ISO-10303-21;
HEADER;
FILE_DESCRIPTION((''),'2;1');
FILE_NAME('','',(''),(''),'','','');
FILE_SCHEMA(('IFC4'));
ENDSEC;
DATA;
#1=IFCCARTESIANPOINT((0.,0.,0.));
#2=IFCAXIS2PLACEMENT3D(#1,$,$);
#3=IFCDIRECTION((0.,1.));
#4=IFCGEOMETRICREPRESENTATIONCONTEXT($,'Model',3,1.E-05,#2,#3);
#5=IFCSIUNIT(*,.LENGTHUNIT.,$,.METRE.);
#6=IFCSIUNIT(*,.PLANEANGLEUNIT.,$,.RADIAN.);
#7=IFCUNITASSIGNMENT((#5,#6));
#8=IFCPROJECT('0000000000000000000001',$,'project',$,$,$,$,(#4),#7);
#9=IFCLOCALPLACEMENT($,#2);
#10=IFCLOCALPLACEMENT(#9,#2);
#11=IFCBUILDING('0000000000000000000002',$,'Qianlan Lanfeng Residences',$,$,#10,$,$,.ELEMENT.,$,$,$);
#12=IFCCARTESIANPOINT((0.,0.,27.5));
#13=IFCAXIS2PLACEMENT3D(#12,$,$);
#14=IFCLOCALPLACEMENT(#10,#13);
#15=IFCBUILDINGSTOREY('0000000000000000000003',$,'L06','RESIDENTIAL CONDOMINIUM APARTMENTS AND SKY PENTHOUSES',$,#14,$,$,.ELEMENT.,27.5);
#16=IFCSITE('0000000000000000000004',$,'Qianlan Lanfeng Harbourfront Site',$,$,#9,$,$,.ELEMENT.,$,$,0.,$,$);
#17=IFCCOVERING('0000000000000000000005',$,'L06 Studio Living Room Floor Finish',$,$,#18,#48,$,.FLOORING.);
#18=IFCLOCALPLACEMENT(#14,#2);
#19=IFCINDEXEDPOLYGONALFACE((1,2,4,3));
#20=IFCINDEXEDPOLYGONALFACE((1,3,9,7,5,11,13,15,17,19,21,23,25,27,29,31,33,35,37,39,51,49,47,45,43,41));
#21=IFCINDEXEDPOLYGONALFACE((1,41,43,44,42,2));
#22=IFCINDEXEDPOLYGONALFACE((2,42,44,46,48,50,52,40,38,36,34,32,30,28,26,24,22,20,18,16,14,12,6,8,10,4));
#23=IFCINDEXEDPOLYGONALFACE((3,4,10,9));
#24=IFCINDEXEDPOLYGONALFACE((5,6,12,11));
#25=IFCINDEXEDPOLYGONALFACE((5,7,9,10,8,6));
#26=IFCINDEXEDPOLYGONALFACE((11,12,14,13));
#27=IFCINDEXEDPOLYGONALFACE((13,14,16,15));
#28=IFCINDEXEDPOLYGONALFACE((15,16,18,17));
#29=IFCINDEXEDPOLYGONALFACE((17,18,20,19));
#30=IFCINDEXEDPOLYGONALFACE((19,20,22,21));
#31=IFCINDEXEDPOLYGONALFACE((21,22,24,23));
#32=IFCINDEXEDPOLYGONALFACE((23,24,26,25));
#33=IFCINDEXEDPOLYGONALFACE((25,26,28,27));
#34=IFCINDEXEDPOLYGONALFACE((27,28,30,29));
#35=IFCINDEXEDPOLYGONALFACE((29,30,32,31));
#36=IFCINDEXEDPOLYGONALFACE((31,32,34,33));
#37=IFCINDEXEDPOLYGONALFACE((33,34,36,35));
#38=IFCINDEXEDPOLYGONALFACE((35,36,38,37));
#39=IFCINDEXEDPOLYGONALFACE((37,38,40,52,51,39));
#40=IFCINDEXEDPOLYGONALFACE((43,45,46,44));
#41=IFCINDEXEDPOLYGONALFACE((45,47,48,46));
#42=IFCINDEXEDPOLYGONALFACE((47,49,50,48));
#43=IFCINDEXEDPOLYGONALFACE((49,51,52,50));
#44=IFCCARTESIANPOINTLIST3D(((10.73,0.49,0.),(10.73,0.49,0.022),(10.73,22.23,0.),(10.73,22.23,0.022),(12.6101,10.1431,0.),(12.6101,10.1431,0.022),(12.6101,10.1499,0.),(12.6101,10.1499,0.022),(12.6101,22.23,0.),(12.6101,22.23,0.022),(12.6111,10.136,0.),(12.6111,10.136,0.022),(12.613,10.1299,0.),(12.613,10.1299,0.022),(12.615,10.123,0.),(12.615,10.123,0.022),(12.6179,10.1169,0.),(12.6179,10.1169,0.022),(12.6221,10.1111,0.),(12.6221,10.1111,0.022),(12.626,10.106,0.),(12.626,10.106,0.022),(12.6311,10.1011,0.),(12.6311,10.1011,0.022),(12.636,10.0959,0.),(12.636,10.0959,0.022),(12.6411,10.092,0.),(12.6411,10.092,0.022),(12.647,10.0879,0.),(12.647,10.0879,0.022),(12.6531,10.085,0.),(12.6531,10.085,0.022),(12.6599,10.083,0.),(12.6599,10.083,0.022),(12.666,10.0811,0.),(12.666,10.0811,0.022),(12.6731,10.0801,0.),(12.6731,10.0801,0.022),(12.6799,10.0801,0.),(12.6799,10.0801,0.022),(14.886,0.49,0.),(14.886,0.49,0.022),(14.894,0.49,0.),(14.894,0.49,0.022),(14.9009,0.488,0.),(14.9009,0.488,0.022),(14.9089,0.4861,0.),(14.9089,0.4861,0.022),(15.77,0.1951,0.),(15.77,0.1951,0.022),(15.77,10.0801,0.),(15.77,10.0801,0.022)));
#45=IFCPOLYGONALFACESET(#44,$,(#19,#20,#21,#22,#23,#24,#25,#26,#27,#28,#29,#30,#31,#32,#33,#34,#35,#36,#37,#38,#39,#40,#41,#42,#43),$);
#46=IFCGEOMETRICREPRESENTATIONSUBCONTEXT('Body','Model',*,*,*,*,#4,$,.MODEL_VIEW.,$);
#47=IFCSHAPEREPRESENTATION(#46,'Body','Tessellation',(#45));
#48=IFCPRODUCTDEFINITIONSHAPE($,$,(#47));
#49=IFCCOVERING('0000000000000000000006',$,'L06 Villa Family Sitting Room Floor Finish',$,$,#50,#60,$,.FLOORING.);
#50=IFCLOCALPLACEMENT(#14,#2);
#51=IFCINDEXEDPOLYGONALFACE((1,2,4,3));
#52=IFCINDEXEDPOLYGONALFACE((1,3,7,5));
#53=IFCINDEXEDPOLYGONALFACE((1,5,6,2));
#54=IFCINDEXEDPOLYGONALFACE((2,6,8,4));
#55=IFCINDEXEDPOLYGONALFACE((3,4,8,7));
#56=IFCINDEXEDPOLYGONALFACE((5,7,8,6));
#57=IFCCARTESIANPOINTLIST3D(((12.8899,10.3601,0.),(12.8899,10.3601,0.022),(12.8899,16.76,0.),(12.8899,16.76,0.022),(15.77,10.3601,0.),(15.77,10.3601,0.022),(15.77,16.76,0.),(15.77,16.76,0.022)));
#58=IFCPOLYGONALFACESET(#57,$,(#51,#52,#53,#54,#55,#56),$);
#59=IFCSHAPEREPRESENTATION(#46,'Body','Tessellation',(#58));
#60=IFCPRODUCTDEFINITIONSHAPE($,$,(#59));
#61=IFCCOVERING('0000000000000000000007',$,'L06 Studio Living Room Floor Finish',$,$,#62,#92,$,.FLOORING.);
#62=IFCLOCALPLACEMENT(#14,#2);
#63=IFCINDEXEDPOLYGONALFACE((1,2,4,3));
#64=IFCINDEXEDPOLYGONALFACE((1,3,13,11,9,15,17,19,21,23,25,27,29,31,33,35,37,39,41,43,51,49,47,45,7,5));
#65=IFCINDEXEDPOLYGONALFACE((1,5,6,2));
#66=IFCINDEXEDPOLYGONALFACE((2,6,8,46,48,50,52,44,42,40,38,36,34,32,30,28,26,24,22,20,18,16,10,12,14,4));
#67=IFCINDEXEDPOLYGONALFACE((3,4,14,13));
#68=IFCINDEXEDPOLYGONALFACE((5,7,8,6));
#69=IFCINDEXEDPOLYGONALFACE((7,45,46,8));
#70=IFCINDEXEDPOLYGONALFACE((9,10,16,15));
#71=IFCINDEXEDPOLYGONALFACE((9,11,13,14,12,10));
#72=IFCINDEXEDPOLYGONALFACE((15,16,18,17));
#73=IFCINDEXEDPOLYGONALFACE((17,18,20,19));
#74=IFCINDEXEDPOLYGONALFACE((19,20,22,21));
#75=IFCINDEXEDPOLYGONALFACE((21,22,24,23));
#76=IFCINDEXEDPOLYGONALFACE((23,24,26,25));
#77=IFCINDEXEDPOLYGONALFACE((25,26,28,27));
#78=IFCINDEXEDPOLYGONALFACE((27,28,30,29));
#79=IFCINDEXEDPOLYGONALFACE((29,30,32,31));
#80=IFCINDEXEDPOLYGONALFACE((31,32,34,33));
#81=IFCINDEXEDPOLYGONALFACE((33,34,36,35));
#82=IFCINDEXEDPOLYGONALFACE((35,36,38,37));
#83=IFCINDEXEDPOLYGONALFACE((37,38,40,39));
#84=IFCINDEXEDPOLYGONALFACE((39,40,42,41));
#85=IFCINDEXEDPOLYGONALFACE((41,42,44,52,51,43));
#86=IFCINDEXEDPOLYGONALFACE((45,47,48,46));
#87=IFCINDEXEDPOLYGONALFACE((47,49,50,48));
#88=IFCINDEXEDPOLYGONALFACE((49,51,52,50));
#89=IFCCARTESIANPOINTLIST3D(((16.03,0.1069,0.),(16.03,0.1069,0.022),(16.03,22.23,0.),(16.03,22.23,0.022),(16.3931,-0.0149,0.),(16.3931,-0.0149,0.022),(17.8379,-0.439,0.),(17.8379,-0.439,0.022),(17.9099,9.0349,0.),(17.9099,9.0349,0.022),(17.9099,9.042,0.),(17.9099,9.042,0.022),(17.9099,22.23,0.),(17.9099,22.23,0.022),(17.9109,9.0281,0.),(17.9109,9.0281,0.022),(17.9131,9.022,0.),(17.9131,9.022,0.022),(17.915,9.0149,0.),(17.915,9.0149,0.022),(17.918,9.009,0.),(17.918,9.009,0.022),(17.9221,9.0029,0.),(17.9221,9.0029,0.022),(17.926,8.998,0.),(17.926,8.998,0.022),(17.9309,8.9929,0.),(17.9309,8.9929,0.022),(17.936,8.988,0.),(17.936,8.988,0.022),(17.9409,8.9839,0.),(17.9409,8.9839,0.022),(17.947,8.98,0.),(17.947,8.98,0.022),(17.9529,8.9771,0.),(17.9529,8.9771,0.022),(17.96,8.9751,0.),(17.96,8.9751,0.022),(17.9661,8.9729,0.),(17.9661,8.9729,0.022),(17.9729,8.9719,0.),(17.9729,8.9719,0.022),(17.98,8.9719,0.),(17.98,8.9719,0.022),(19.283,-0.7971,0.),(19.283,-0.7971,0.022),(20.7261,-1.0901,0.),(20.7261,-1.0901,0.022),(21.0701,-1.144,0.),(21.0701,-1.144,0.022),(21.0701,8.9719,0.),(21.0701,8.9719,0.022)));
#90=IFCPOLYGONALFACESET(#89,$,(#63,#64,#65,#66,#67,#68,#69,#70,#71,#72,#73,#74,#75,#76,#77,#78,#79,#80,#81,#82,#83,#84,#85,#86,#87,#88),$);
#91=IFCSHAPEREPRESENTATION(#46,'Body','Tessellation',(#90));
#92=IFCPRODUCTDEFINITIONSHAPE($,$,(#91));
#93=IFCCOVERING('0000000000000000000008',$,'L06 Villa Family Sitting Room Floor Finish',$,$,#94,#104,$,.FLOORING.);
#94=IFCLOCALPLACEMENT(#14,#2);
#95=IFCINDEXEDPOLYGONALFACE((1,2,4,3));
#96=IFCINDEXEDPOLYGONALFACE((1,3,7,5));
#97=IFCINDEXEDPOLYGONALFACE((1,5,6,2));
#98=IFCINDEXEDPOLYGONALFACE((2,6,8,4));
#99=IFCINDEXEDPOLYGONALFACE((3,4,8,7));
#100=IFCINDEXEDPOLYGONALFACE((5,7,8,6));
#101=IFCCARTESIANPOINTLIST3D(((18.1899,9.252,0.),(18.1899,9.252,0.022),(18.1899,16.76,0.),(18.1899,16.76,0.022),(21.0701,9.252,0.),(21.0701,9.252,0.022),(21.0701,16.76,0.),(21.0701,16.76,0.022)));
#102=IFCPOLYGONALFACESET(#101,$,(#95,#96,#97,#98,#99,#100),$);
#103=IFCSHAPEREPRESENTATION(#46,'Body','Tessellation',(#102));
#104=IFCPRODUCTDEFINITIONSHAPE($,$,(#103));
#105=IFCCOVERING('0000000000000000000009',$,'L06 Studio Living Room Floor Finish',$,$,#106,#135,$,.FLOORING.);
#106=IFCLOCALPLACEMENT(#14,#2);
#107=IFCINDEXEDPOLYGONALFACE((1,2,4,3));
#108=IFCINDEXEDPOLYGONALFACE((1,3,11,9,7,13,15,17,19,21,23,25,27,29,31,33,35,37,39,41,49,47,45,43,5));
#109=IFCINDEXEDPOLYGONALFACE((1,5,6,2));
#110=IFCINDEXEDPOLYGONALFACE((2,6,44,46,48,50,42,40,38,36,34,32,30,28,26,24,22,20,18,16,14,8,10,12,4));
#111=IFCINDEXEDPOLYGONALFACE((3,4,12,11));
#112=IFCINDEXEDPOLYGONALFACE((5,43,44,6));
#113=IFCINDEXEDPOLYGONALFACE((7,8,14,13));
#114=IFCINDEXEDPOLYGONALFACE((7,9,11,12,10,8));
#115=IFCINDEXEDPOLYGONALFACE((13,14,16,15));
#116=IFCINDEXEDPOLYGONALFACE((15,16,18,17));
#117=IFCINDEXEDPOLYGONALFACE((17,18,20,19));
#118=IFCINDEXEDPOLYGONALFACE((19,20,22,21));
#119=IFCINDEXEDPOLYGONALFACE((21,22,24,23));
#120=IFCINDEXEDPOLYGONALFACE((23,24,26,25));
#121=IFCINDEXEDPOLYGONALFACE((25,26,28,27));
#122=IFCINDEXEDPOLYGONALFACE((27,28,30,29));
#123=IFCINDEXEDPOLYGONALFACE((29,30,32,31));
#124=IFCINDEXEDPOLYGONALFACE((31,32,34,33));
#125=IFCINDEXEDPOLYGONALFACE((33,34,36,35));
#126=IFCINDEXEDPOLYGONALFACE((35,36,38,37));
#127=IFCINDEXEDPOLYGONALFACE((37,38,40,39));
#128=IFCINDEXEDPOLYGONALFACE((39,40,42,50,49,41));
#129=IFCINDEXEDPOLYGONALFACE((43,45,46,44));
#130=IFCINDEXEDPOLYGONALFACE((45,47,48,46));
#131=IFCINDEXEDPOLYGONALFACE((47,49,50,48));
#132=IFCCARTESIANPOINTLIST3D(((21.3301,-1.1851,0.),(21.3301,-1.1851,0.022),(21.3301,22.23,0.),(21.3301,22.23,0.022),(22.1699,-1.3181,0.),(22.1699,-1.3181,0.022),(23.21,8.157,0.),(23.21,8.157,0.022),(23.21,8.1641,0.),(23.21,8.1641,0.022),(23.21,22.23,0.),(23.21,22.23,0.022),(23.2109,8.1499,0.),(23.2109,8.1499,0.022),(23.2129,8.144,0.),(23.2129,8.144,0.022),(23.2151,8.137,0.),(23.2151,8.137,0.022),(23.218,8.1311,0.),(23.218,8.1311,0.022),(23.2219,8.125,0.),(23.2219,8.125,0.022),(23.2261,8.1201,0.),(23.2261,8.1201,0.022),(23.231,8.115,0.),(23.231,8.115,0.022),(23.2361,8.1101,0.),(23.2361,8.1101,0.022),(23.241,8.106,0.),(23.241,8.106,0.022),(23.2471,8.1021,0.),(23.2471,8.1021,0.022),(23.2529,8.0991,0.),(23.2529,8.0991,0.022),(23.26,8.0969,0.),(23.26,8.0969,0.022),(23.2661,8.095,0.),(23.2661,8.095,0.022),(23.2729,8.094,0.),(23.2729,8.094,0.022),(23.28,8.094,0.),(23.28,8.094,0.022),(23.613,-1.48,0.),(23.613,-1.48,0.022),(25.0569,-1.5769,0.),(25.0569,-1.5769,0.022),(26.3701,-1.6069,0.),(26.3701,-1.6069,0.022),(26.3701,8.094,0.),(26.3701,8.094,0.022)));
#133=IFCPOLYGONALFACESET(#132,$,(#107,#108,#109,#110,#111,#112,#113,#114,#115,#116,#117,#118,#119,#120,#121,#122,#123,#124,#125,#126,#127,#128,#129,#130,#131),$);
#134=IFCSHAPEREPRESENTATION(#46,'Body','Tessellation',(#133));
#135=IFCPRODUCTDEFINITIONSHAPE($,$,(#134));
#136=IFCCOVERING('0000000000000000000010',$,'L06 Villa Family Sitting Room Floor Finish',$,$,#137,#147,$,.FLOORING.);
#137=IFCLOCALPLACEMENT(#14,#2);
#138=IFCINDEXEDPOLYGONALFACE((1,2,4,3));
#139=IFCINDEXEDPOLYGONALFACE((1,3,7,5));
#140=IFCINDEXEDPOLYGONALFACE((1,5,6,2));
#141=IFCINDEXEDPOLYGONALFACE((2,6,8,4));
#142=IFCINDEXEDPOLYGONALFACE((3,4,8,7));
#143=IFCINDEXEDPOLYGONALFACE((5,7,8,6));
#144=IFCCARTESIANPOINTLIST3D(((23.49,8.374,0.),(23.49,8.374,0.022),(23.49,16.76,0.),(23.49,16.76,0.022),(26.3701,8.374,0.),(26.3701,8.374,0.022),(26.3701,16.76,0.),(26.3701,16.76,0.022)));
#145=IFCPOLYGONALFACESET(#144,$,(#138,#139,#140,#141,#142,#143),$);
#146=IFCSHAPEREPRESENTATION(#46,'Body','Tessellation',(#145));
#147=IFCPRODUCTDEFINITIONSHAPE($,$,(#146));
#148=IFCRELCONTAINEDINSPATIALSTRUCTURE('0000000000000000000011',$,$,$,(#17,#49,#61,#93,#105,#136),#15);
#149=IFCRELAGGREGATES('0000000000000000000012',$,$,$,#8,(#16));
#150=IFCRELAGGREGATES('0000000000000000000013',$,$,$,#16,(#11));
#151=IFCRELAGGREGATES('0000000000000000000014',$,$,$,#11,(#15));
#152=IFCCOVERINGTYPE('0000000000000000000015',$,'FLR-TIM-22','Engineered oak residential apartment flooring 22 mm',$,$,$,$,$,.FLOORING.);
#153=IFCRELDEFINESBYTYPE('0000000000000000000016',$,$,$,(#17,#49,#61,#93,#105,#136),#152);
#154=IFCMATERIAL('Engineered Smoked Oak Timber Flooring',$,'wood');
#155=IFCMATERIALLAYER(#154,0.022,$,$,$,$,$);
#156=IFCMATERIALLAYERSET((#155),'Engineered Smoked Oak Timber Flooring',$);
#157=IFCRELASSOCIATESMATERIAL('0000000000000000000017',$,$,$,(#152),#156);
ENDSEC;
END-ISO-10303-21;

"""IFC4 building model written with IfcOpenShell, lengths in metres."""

from ifc_helpers import new_model, si_unit, direction, frame, origin, place, context, subcontext, project, spatial, polyline, outline, extrude, material, layer, layer_set, type_object, element, save


model = new_model("IFC4")

# Units and contexts
model_context = context("Model", 3, precision=1e-05, world=origin(), true_north=direction((0.0, 1.0)))
body_context = subcontext(model_context, "Body", "Model", "MODEL_VIEW")
ifc_project = project(units=[si_unit("LENGTHUNIT", "METRE"), si_unit("PLANEANGLEUNIT", "RADIAN")], contexts=[model_context])

# Site, building, storey
site_placement = place(None, origin())
site = spatial("IfcSite", under=ifc_project, at=site_placement, Name="Qianlan Lanfeng Harbourfront Site", CompositionType="ELEMENT", RefElevation=0.0)
building_placement = place(site_placement, origin())
building = spatial("IfcBuilding", under=site, at=building_placement, Name="Qianlan Lanfeng Residences", CompositionType="ELEMENT")
storey_placement = place(building_placement, frame((0.0, 0.0, 27.5)))
storey = spatial("IfcBuildingStorey", under=building, at=storey_placement, Name="L06", Description="RESIDENTIAL CONDOMINIUM APARTMENTS AND SKY PENTHOUSES", CompositionType="ELEMENT", Elevation=27.5)

# Coverings
ifc_material_1 = material(Name="Engineered Smoked Oak Timber Flooring", Category="wood")
ifc_layer_1 = layer(ifc_material_1, 0.022)
ifc_layer_set_1 = layer_set([ifc_layer_1], Name="Engineered Smoked Oak Timber Flooring")
covering_type_1 = type_object("IfcCoveringType", Name="FLR-TIM-22", Description="Engineered oak residential apartment flooring 22 mm", PredefinedType="FLOORING", material=ifc_layer_set_1)
covering_1_placement = place(storey_placement, origin())
element("IfcCovering", 1, at=covering_1_placement, inside=storey, type_object=covering_type_1, Name="L06 Studio Living Room Floor Finish", PredefinedType="FLOORING", context=body_context, shape_type="SweptSolid", body=[
    extrude(outline(polyline([(15.77, 0.1951), (15.77, 10.0801), (12.6799, 10.0801), (12.6731, 10.0801), (12.666, 10.0811), (12.6599, 10.083), (12.6531, 10.085), (12.647, 10.0879), (12.6411, 10.092), (12.636, 10.0959), (12.6311, 10.1011), (12.626, 10.106), (12.6221, 10.1111), (12.6179, 10.1169), (12.615, 10.123), (12.613, 10.1299), (12.6111, 10.136), (12.6101, 10.1431), (12.6101, 10.1499), (12.6101, 22.23), (10.73, 22.23), (10.73, 0.49), (14.886, 0.49), (14.894, 0.49), (14.9009, 0.488), (14.9089, 0.4861), (15.77, 0.1951)])), origin(), (0.0, 0.0, 1.0), 0.022),
])
covering_2_placement = place(storey_placement, origin())
element("IfcCovering", 2, at=covering_2_placement, inside=storey, type_object=covering_type_1, Name="L06 Villa Family Sitting Room Floor Finish", PredefinedType="FLOORING", context=body_context, shape_type="SweptSolid", body=[
    extrude(outline(polyline([(12.8899, 16.76), (12.8899, 10.3601), (15.77, 10.3601), (15.77, 16.76), (12.8899, 16.76)])), origin(), (0.0, 0.0, 1.0), 0.022),
])
covering_3_placement = place(storey_placement, origin())
element("IfcCovering", 3, at=covering_3_placement, inside=storey, type_object=covering_type_1, Name="L06 Studio Living Room Floor Finish", PredefinedType="FLOORING", context=body_context, shape_type="SweptSolid", body=[
    extrude(outline(polyline([(21.0701, -1.144), (21.0701, 8.9719), (17.98, 8.9719), (17.9729, 8.9719), (17.9661, 8.9729), (17.96, 8.9751), (17.9529, 8.9771), (17.947, 8.98), (17.9409, 8.9839), (17.936, 8.988), (17.9309, 8.9929), (17.926, 8.998), (17.9221, 9.0029), (17.918, 9.009), (17.915, 9.0149), (17.9131, 9.022), (17.9109, 9.0281), (17.9099, 9.0349), (17.9099, 9.042), (17.9099, 22.23), (16.03, 22.23), (16.03, 0.1069), (16.3931, -0.0149), (17.8379, -0.439), (19.283, -0.7971), (20.7261, -1.0901), (21.0701, -1.144)])), origin(), (0.0, 0.0, 1.0), 0.022),
])
covering_4_placement = place(storey_placement, origin())
element("IfcCovering", 4, at=covering_4_placement, inside=storey, type_object=covering_type_1, Name="L06 Villa Family Sitting Room Floor Finish", PredefinedType="FLOORING", context=body_context, shape_type="SweptSolid", body=[
    extrude(outline(polyline([(18.1899, 16.76), (18.1899, 9.252), (21.0701, 9.252), (21.0701, 16.76), (18.1899, 16.76)])), origin(), (0.0, 0.0, 1.0), 0.022),
])
covering_5_placement = place(storey_placement, origin())
element("IfcCovering", 5, at=covering_5_placement, inside=storey, type_object=covering_type_1, Name="L06 Studio Living Room Floor Finish", PredefinedType="FLOORING", context=body_context, shape_type="SweptSolid", body=[
    extrude(outline(polyline([(26.3701, -1.6069), (26.3701, 8.094), (23.28, 8.094), (23.2729, 8.094), (23.2661, 8.095), (23.26, 8.0969), (23.2529, 8.0991), (23.2471, 8.1021), (23.241, 8.106), (23.2361, 8.1101), (23.231, 8.115), (23.2261, 8.1201), (23.2219, 8.125), (23.218, 8.1311), (23.2151, 8.137), (23.2129, 8.144), (23.2109, 8.1499), (23.21, 8.157), (23.21, 8.1641), (23.21, 22.23), (21.3301, 22.23), (21.3301, -1.1851), (22.1699, -1.3181), (23.613, -1.48), (25.0569, -1.5769), (26.3701, -1.6069)])), origin(), (0.0, 0.0, 1.0), 0.022),
])
covering_6_placement = place(storey_placement, origin())
element("IfcCovering", 6, at=covering_6_placement, inside=storey, type_object=covering_type_1, Name="L06 Villa Family Sitting Room Floor Finish", PredefinedType="FLOORING", context=body_context, shape_type="SweptSolid", body=[
    extrude(outline(polyline([(23.49, 16.76), (23.49, 8.374), (26.3701, 8.374), (26.3701, 16.76), (23.49, 16.76)])), origin(), (0.0, 0.0, 1.0), 0.022),
])

save(model, "model.ifc")
